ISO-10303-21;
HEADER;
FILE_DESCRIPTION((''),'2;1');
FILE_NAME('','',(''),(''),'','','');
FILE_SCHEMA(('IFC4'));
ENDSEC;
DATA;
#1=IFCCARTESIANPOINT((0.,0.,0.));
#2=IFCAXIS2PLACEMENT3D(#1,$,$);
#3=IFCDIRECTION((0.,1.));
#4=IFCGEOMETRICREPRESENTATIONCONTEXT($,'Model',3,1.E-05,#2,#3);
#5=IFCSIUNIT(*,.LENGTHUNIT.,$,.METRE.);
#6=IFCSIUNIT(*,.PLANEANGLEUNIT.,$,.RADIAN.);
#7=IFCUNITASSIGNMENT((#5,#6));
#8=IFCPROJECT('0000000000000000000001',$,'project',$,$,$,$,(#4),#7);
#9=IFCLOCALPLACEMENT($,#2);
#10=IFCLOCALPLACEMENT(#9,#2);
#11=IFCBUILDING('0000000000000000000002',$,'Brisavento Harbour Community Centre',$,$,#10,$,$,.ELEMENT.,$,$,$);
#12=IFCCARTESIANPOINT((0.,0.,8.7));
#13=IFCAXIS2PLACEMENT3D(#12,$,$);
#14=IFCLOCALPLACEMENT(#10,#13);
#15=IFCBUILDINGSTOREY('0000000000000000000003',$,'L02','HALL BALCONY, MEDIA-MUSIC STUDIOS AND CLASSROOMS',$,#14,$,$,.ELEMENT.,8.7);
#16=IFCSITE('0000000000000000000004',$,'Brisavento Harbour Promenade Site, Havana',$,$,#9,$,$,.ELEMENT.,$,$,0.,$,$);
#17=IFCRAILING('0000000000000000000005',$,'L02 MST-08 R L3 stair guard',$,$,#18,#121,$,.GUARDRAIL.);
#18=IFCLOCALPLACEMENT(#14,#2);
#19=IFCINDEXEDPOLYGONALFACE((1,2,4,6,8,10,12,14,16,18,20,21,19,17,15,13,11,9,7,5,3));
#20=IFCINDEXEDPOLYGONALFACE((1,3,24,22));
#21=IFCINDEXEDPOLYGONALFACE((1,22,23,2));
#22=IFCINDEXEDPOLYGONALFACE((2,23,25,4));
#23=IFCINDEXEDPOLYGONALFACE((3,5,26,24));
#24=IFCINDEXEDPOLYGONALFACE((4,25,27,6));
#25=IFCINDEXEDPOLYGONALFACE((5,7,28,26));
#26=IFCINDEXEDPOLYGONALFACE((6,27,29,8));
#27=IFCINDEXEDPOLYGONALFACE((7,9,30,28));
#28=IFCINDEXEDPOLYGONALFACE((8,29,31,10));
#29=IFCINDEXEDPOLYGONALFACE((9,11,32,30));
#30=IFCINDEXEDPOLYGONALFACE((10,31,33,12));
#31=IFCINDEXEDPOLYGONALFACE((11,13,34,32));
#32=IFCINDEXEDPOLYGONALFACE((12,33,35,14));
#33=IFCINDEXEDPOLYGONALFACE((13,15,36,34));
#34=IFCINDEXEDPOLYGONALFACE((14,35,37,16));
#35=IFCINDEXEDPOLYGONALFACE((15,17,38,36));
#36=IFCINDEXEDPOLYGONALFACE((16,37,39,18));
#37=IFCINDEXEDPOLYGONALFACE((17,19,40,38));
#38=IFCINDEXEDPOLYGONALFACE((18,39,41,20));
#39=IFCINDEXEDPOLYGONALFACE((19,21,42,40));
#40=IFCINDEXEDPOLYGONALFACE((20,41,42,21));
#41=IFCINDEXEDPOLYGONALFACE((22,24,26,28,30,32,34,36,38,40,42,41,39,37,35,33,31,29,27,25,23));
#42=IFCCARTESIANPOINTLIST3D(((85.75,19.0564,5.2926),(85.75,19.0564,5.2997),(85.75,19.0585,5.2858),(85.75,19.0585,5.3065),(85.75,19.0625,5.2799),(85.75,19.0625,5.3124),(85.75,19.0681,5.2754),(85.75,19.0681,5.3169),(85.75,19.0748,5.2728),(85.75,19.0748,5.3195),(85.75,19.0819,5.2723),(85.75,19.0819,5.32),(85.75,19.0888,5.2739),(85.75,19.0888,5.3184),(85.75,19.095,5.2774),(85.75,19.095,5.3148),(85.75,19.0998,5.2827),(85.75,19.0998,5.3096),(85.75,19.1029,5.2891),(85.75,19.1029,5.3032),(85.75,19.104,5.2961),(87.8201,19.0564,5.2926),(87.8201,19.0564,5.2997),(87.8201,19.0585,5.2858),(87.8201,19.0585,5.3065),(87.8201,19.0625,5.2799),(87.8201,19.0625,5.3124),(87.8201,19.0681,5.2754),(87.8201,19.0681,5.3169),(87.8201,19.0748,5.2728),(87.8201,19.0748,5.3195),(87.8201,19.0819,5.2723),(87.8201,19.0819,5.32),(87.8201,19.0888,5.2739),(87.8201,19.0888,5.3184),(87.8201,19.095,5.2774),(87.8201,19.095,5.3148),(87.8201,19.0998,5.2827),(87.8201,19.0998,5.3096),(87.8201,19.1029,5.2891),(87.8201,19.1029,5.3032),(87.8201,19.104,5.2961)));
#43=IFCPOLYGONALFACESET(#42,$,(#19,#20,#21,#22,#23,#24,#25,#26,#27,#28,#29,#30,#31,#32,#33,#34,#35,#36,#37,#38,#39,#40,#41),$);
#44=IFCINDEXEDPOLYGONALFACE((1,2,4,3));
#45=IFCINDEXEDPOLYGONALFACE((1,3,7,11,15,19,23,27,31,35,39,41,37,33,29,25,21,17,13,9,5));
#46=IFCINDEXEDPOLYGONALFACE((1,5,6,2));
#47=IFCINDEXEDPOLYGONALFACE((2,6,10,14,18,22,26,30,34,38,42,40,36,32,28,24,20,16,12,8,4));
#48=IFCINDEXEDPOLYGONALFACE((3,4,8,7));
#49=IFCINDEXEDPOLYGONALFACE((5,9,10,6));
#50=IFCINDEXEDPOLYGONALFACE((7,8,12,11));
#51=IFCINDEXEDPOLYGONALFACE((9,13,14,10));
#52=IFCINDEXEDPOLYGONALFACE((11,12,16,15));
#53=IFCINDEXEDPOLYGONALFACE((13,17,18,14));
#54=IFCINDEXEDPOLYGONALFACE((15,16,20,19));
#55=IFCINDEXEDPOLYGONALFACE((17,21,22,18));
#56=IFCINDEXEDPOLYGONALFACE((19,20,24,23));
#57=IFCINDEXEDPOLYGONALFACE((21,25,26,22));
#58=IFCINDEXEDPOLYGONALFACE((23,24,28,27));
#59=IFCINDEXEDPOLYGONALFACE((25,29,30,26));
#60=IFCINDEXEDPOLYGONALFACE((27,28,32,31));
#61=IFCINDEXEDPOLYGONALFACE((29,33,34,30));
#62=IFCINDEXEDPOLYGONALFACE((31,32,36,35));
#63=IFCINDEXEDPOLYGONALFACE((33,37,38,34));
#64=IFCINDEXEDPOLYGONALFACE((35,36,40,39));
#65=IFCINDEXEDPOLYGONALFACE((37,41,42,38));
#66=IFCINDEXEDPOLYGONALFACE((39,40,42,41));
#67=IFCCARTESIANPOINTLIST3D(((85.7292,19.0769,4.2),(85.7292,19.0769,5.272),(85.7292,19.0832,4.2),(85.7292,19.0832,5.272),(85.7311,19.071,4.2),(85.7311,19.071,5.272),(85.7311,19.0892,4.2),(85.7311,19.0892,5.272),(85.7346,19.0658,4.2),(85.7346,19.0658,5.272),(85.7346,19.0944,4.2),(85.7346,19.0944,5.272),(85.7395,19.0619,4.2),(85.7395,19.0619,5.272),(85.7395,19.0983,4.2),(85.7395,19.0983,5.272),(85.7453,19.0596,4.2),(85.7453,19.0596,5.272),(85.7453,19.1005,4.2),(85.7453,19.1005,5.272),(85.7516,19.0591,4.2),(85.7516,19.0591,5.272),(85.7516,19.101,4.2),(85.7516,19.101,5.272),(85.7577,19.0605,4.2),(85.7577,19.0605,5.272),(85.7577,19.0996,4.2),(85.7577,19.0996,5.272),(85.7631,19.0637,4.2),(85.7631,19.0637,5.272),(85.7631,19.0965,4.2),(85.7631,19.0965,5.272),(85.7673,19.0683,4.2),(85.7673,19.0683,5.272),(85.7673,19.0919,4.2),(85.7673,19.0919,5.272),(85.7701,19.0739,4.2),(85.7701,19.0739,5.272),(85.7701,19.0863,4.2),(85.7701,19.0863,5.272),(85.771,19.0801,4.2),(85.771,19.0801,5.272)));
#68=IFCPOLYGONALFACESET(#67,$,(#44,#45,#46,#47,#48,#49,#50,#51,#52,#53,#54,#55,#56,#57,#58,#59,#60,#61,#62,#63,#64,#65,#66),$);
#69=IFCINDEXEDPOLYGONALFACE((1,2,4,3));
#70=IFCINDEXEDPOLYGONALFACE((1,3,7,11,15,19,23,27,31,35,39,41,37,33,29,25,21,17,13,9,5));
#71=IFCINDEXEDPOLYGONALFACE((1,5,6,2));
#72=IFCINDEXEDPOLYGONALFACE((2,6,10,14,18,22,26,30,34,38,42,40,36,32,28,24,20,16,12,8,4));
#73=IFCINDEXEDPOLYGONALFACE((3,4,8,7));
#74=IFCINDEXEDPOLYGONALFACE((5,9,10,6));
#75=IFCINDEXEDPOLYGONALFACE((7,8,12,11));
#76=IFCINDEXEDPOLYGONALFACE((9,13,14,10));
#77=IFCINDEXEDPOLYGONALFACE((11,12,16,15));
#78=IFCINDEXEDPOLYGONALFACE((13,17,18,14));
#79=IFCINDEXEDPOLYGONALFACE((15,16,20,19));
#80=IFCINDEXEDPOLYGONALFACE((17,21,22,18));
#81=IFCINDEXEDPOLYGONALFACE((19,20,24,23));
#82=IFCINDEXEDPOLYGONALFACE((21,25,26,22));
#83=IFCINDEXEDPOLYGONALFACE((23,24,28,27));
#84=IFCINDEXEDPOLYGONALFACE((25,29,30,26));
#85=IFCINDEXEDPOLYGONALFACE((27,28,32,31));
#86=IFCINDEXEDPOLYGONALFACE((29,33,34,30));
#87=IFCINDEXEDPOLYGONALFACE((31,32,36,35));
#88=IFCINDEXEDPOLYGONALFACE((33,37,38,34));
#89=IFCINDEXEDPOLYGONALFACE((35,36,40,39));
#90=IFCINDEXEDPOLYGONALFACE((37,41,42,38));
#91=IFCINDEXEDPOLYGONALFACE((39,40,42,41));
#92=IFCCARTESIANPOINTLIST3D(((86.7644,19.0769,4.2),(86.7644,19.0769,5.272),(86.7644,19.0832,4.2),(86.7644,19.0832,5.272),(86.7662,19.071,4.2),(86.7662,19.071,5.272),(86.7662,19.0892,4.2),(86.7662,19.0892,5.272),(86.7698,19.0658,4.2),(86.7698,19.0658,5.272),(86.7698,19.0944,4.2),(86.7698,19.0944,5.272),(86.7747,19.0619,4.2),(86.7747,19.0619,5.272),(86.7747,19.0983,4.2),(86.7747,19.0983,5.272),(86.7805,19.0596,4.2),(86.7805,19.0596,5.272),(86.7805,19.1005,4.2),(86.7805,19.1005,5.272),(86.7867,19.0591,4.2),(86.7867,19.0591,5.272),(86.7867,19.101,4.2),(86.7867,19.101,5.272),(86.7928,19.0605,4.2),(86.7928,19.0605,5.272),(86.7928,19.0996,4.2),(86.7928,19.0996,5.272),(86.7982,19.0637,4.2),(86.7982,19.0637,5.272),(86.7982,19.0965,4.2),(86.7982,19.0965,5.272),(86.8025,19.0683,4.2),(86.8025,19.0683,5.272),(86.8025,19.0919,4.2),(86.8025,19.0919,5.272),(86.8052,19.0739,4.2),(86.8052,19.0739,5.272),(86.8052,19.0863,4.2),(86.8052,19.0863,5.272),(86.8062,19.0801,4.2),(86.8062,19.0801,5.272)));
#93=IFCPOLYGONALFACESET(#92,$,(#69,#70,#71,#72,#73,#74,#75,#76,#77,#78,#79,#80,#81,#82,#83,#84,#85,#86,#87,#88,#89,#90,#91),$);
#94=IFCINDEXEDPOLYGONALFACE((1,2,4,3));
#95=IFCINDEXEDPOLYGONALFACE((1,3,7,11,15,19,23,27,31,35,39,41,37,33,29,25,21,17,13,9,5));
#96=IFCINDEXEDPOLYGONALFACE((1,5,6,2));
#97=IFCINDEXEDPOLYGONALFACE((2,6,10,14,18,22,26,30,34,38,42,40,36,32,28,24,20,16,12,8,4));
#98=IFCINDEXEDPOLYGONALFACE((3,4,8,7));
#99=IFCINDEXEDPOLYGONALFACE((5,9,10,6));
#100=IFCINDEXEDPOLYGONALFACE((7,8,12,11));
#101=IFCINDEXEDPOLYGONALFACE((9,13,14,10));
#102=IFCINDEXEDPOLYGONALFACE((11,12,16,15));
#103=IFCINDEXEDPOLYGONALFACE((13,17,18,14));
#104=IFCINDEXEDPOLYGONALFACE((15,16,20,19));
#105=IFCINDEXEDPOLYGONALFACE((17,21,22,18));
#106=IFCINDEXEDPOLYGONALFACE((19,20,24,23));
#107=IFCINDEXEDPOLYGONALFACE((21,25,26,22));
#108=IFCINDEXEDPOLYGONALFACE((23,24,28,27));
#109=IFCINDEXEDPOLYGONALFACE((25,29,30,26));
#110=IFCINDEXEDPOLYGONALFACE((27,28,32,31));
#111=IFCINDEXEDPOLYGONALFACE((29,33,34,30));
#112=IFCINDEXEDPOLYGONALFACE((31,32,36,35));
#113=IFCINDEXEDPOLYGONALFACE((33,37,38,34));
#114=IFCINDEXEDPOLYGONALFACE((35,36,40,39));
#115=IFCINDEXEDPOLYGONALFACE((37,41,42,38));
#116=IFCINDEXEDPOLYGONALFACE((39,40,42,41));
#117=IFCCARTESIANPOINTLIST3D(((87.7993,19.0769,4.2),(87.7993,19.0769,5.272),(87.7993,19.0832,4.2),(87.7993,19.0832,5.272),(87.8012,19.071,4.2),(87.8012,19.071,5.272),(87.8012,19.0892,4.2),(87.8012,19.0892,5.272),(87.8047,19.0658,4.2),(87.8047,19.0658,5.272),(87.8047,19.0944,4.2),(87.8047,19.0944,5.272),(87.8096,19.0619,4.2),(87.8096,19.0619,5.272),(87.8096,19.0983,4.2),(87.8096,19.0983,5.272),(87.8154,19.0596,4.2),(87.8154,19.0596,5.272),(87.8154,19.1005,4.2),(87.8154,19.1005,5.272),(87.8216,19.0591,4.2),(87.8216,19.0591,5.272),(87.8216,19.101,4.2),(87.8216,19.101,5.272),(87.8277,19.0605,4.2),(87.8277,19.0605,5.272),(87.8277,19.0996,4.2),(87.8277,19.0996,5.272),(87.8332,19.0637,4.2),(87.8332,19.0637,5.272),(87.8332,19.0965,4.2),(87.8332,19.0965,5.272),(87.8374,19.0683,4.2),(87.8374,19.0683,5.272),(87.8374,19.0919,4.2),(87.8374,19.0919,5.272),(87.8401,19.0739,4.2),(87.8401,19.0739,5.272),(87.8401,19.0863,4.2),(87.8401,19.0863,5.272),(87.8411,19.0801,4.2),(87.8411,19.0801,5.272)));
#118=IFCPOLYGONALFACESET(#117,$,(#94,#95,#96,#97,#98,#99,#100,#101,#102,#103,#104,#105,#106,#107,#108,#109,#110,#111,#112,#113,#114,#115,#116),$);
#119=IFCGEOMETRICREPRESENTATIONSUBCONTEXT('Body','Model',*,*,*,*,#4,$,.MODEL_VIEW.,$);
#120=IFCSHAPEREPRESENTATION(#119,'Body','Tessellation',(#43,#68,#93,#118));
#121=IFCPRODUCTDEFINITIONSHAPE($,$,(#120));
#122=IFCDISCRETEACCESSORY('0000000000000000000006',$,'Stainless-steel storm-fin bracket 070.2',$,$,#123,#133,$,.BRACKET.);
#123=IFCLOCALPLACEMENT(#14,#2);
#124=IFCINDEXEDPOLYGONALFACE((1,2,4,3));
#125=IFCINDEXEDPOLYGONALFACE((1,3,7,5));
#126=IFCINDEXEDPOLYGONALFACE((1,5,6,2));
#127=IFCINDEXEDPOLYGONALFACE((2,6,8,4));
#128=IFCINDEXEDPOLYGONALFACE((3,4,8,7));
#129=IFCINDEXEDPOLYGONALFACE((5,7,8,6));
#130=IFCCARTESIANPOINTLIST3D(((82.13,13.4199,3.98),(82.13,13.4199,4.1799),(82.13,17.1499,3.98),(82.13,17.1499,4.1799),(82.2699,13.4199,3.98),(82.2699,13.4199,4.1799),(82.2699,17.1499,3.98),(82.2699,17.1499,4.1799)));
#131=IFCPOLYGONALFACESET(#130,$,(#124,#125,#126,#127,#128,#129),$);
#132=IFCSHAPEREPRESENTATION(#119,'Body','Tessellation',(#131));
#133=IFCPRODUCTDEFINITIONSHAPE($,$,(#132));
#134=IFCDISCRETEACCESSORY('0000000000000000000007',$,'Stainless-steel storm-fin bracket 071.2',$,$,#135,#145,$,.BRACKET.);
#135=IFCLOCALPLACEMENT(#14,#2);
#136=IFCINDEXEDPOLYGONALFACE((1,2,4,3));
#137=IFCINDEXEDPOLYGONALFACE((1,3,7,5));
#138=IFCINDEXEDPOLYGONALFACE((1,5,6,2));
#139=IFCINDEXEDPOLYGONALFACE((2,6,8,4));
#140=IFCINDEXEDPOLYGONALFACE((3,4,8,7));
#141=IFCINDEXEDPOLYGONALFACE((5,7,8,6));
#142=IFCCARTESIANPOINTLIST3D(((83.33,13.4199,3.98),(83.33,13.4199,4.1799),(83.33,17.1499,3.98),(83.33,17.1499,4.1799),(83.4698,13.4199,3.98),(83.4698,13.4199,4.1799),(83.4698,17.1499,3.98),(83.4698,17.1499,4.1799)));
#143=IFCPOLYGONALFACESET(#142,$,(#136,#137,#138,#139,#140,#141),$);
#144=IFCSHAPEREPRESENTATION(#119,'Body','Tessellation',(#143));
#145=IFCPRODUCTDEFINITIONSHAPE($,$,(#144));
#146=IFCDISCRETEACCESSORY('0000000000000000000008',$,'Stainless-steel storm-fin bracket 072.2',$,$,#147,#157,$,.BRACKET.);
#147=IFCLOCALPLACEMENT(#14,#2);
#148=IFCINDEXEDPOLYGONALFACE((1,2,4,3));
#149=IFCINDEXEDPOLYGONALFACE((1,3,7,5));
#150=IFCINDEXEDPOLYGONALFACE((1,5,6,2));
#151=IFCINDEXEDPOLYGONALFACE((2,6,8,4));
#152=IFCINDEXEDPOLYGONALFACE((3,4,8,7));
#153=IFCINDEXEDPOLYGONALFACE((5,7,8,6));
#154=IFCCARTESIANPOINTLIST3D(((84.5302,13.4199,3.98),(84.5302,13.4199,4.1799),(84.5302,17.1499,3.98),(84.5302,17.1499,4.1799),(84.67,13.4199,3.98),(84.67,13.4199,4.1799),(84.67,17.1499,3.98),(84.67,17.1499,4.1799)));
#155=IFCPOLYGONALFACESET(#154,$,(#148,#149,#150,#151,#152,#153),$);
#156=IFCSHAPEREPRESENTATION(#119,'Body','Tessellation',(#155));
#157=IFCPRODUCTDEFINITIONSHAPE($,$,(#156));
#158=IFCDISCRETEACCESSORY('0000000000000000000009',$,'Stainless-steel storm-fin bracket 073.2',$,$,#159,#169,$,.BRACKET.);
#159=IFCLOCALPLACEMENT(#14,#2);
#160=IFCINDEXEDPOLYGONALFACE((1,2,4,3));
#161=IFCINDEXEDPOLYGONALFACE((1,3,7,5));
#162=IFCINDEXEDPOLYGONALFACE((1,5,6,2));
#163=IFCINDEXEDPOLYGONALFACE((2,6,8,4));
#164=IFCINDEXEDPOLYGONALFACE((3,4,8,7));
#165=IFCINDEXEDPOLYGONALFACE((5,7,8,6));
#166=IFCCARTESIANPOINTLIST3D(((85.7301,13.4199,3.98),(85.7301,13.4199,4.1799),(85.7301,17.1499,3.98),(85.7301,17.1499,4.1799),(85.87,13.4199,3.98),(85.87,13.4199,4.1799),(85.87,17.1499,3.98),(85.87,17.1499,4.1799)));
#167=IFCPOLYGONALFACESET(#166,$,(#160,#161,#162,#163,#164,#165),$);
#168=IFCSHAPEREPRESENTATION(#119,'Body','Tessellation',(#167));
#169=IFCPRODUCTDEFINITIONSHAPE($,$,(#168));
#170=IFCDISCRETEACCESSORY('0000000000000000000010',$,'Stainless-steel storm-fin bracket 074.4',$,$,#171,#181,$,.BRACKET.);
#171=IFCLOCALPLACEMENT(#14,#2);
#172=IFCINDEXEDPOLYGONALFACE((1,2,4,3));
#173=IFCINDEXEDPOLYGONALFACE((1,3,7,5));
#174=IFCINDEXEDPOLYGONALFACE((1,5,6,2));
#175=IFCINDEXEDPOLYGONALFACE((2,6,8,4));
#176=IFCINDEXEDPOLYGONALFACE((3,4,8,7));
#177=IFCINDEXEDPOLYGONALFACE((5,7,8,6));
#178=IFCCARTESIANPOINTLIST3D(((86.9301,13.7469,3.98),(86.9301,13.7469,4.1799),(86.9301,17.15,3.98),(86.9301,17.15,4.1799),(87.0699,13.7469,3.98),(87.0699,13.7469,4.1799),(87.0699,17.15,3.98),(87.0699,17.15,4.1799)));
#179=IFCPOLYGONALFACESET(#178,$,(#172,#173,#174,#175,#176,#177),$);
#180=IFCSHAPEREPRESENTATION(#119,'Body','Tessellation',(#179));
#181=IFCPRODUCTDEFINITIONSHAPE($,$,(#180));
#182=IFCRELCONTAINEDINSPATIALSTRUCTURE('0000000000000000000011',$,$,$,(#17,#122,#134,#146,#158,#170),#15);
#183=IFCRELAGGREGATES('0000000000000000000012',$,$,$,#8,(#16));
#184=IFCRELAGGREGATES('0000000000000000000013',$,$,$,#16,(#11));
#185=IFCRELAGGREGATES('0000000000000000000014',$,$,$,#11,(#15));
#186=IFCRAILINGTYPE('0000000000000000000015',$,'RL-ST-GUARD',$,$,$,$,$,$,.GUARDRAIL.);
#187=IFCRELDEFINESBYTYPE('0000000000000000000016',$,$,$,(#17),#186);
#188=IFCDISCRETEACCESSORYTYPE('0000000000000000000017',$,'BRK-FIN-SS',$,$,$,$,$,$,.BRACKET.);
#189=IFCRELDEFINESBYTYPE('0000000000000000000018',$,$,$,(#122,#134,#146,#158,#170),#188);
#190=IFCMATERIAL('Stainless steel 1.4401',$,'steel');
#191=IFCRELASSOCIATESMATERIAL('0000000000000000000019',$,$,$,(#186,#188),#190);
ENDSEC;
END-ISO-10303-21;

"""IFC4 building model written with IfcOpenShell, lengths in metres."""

from ifc_helpers import new_model, si_unit, direction, frame, origin, origin_2d, place, context, subcontext, project, spatial, rectangle, circle, extrude, material, type_object, element, save


model = new_model("IFC4")

# Units and contexts
model_context = context("Model", 3, precision=1e-05, world=origin(), true_north=direction((0.0, 1.0)))
body_context = subcontext(model_context, "Body", "Model", "MODEL_VIEW")
ifc_project = project(units=[si_unit("LENGTHUNIT", "METRE"), si_unit("PLANEANGLEUNIT", "RADIAN")], contexts=[model_context])

# Site, building, storey
site_placement = place(None, origin())
site = spatial("IfcSite", under=ifc_project, at=site_placement, Name="Brisavento Harbour Promenade Site, Havana", CompositionType="ELEMENT", RefElevation=0.0)
building_placement = place(site_placement, origin())
building = spatial("IfcBuilding", under=site, at=building_placement, Name="Brisavento Harbour Community Centre", CompositionType="ELEMENT")
storey_placement = place(building_placement, frame((0.0, 0.0, 8.7)))
storey = spatial("IfcBuildingStorey", under=building, at=storey_placement, Name="L02", Description="HALL BALCONY, MEDIA-MUSIC STUDIOS AND CLASSROOMS", CompositionType="ELEMENT", Elevation=8.7)

# Railing
ifc_material_1 = material(Name="Stainless steel 1.4401", Category="steel")
railing_type = type_object("IfcRailingType", Name="RL-ST-GUARD", PredefinedType="GUARDRAIL", material=ifc_material_1)
railing_1_placement = place(storey_placement, frame((85.75, 19.0801, 4.2)))
element("IfcRailing", 1, at=railing_1_placement, inside=storey, type_object=railing_type, Name="L02 MST-08 R L3 stair guard", PredefinedType="GUARDRAIL", context=body_context, shape_type="SweptSolid", body=[
    extrude(circle(Radius=0.0239, at=origin_2d()), frame((0.0, 0.0, 1.0962), z_axis=(1.0, 0.0, 0.0), x_axis=(0.0, 1.0, 0.0)), (0.0, 0.0, 1.0), 2.0701),
    extrude(circle(Radius=0.021, at=origin_2d()), origin(), (0.0, 0.0, 1.0), 1.072),
    extrude(circle(Radius=0.021, at=origin_2d()), frame((1.0352, 0.0, 0.0)), (0.0, 0.0, 1.0), 1.072),
    extrude(circle(Radius=0.021, at=origin_2d()), frame((2.0701, 0.0, 0.0)), (0.0, 0.0, 1.0), 1.072),
])

# Discrete accessories
discrete_accessory_type = type_object("IfcDiscreteAccessoryType", Name="BRK-FIN-SS", PredefinedType="BRACKET", material=ifc_material_1)
for number, where, z_axis, x_axis, name in (
    (2, (82.2, 15.2849, 3.98), (0.0, 0.0, 1.0), (0.0, -1.0, 0.0), "Stainless-steel storm-fin bracket 070.2"),
    (3, (83.3999, 15.2849, 3.98), (0.0, 0.0, 1.0), (0.0, -1.0, 0.0), "Stainless-steel storm-fin bracket 071.2"),
    (4, (84.6001, 15.2849, 3.98), (0.0, 0.0, 1.0), (0.0, -1.0, 0.0), "Stainless-steel storm-fin bracket 072.2"),
    (5, (85.8, 15.2849, 3.98), (0.0, 0.0, 1.0), (0.0, -1.0, 0.0), "Stainless-steel storm-fin bracket 073.2"),
):
    element("IfcDiscreteAccessory", number, at=place(storey_placement, frame(where, z_axis=z_axis, x_axis=x_axis)), inside=storey, type_object=discrete_accessory_type, Name=name, PredefinedType="BRACKET", context=body_context, shape_type="SweptSolid", body=[
        extrude(rectangle(XDim=3.73, YDim=0.1399, at=origin_2d()), origin(), (0.0, 0.0, 1.0), 0.2),
    ])
discrete_accessory_placement = place(storey_placement, frame((87.0, 15.4485, 3.98), z_axis=(0.0, 0.0, 1.0), x_axis=(0.0, -1.0, 0.0)))
element("IfcDiscreteAccessory", 6, at=discrete_accessory_placement, inside=storey, type_object=discrete_accessory_type, Name="Stainless-steel storm-fin bracket 074.4", PredefinedType="BRACKET", context=body_context, shape_type="SweptSolid", body=[
    extrude(rectangle(XDim=3.4031, YDim=0.1399, at=origin_2d()), origin(), (0.0, 0.0, 1.0), 0.2),
])

save(model, "model.ifc")
